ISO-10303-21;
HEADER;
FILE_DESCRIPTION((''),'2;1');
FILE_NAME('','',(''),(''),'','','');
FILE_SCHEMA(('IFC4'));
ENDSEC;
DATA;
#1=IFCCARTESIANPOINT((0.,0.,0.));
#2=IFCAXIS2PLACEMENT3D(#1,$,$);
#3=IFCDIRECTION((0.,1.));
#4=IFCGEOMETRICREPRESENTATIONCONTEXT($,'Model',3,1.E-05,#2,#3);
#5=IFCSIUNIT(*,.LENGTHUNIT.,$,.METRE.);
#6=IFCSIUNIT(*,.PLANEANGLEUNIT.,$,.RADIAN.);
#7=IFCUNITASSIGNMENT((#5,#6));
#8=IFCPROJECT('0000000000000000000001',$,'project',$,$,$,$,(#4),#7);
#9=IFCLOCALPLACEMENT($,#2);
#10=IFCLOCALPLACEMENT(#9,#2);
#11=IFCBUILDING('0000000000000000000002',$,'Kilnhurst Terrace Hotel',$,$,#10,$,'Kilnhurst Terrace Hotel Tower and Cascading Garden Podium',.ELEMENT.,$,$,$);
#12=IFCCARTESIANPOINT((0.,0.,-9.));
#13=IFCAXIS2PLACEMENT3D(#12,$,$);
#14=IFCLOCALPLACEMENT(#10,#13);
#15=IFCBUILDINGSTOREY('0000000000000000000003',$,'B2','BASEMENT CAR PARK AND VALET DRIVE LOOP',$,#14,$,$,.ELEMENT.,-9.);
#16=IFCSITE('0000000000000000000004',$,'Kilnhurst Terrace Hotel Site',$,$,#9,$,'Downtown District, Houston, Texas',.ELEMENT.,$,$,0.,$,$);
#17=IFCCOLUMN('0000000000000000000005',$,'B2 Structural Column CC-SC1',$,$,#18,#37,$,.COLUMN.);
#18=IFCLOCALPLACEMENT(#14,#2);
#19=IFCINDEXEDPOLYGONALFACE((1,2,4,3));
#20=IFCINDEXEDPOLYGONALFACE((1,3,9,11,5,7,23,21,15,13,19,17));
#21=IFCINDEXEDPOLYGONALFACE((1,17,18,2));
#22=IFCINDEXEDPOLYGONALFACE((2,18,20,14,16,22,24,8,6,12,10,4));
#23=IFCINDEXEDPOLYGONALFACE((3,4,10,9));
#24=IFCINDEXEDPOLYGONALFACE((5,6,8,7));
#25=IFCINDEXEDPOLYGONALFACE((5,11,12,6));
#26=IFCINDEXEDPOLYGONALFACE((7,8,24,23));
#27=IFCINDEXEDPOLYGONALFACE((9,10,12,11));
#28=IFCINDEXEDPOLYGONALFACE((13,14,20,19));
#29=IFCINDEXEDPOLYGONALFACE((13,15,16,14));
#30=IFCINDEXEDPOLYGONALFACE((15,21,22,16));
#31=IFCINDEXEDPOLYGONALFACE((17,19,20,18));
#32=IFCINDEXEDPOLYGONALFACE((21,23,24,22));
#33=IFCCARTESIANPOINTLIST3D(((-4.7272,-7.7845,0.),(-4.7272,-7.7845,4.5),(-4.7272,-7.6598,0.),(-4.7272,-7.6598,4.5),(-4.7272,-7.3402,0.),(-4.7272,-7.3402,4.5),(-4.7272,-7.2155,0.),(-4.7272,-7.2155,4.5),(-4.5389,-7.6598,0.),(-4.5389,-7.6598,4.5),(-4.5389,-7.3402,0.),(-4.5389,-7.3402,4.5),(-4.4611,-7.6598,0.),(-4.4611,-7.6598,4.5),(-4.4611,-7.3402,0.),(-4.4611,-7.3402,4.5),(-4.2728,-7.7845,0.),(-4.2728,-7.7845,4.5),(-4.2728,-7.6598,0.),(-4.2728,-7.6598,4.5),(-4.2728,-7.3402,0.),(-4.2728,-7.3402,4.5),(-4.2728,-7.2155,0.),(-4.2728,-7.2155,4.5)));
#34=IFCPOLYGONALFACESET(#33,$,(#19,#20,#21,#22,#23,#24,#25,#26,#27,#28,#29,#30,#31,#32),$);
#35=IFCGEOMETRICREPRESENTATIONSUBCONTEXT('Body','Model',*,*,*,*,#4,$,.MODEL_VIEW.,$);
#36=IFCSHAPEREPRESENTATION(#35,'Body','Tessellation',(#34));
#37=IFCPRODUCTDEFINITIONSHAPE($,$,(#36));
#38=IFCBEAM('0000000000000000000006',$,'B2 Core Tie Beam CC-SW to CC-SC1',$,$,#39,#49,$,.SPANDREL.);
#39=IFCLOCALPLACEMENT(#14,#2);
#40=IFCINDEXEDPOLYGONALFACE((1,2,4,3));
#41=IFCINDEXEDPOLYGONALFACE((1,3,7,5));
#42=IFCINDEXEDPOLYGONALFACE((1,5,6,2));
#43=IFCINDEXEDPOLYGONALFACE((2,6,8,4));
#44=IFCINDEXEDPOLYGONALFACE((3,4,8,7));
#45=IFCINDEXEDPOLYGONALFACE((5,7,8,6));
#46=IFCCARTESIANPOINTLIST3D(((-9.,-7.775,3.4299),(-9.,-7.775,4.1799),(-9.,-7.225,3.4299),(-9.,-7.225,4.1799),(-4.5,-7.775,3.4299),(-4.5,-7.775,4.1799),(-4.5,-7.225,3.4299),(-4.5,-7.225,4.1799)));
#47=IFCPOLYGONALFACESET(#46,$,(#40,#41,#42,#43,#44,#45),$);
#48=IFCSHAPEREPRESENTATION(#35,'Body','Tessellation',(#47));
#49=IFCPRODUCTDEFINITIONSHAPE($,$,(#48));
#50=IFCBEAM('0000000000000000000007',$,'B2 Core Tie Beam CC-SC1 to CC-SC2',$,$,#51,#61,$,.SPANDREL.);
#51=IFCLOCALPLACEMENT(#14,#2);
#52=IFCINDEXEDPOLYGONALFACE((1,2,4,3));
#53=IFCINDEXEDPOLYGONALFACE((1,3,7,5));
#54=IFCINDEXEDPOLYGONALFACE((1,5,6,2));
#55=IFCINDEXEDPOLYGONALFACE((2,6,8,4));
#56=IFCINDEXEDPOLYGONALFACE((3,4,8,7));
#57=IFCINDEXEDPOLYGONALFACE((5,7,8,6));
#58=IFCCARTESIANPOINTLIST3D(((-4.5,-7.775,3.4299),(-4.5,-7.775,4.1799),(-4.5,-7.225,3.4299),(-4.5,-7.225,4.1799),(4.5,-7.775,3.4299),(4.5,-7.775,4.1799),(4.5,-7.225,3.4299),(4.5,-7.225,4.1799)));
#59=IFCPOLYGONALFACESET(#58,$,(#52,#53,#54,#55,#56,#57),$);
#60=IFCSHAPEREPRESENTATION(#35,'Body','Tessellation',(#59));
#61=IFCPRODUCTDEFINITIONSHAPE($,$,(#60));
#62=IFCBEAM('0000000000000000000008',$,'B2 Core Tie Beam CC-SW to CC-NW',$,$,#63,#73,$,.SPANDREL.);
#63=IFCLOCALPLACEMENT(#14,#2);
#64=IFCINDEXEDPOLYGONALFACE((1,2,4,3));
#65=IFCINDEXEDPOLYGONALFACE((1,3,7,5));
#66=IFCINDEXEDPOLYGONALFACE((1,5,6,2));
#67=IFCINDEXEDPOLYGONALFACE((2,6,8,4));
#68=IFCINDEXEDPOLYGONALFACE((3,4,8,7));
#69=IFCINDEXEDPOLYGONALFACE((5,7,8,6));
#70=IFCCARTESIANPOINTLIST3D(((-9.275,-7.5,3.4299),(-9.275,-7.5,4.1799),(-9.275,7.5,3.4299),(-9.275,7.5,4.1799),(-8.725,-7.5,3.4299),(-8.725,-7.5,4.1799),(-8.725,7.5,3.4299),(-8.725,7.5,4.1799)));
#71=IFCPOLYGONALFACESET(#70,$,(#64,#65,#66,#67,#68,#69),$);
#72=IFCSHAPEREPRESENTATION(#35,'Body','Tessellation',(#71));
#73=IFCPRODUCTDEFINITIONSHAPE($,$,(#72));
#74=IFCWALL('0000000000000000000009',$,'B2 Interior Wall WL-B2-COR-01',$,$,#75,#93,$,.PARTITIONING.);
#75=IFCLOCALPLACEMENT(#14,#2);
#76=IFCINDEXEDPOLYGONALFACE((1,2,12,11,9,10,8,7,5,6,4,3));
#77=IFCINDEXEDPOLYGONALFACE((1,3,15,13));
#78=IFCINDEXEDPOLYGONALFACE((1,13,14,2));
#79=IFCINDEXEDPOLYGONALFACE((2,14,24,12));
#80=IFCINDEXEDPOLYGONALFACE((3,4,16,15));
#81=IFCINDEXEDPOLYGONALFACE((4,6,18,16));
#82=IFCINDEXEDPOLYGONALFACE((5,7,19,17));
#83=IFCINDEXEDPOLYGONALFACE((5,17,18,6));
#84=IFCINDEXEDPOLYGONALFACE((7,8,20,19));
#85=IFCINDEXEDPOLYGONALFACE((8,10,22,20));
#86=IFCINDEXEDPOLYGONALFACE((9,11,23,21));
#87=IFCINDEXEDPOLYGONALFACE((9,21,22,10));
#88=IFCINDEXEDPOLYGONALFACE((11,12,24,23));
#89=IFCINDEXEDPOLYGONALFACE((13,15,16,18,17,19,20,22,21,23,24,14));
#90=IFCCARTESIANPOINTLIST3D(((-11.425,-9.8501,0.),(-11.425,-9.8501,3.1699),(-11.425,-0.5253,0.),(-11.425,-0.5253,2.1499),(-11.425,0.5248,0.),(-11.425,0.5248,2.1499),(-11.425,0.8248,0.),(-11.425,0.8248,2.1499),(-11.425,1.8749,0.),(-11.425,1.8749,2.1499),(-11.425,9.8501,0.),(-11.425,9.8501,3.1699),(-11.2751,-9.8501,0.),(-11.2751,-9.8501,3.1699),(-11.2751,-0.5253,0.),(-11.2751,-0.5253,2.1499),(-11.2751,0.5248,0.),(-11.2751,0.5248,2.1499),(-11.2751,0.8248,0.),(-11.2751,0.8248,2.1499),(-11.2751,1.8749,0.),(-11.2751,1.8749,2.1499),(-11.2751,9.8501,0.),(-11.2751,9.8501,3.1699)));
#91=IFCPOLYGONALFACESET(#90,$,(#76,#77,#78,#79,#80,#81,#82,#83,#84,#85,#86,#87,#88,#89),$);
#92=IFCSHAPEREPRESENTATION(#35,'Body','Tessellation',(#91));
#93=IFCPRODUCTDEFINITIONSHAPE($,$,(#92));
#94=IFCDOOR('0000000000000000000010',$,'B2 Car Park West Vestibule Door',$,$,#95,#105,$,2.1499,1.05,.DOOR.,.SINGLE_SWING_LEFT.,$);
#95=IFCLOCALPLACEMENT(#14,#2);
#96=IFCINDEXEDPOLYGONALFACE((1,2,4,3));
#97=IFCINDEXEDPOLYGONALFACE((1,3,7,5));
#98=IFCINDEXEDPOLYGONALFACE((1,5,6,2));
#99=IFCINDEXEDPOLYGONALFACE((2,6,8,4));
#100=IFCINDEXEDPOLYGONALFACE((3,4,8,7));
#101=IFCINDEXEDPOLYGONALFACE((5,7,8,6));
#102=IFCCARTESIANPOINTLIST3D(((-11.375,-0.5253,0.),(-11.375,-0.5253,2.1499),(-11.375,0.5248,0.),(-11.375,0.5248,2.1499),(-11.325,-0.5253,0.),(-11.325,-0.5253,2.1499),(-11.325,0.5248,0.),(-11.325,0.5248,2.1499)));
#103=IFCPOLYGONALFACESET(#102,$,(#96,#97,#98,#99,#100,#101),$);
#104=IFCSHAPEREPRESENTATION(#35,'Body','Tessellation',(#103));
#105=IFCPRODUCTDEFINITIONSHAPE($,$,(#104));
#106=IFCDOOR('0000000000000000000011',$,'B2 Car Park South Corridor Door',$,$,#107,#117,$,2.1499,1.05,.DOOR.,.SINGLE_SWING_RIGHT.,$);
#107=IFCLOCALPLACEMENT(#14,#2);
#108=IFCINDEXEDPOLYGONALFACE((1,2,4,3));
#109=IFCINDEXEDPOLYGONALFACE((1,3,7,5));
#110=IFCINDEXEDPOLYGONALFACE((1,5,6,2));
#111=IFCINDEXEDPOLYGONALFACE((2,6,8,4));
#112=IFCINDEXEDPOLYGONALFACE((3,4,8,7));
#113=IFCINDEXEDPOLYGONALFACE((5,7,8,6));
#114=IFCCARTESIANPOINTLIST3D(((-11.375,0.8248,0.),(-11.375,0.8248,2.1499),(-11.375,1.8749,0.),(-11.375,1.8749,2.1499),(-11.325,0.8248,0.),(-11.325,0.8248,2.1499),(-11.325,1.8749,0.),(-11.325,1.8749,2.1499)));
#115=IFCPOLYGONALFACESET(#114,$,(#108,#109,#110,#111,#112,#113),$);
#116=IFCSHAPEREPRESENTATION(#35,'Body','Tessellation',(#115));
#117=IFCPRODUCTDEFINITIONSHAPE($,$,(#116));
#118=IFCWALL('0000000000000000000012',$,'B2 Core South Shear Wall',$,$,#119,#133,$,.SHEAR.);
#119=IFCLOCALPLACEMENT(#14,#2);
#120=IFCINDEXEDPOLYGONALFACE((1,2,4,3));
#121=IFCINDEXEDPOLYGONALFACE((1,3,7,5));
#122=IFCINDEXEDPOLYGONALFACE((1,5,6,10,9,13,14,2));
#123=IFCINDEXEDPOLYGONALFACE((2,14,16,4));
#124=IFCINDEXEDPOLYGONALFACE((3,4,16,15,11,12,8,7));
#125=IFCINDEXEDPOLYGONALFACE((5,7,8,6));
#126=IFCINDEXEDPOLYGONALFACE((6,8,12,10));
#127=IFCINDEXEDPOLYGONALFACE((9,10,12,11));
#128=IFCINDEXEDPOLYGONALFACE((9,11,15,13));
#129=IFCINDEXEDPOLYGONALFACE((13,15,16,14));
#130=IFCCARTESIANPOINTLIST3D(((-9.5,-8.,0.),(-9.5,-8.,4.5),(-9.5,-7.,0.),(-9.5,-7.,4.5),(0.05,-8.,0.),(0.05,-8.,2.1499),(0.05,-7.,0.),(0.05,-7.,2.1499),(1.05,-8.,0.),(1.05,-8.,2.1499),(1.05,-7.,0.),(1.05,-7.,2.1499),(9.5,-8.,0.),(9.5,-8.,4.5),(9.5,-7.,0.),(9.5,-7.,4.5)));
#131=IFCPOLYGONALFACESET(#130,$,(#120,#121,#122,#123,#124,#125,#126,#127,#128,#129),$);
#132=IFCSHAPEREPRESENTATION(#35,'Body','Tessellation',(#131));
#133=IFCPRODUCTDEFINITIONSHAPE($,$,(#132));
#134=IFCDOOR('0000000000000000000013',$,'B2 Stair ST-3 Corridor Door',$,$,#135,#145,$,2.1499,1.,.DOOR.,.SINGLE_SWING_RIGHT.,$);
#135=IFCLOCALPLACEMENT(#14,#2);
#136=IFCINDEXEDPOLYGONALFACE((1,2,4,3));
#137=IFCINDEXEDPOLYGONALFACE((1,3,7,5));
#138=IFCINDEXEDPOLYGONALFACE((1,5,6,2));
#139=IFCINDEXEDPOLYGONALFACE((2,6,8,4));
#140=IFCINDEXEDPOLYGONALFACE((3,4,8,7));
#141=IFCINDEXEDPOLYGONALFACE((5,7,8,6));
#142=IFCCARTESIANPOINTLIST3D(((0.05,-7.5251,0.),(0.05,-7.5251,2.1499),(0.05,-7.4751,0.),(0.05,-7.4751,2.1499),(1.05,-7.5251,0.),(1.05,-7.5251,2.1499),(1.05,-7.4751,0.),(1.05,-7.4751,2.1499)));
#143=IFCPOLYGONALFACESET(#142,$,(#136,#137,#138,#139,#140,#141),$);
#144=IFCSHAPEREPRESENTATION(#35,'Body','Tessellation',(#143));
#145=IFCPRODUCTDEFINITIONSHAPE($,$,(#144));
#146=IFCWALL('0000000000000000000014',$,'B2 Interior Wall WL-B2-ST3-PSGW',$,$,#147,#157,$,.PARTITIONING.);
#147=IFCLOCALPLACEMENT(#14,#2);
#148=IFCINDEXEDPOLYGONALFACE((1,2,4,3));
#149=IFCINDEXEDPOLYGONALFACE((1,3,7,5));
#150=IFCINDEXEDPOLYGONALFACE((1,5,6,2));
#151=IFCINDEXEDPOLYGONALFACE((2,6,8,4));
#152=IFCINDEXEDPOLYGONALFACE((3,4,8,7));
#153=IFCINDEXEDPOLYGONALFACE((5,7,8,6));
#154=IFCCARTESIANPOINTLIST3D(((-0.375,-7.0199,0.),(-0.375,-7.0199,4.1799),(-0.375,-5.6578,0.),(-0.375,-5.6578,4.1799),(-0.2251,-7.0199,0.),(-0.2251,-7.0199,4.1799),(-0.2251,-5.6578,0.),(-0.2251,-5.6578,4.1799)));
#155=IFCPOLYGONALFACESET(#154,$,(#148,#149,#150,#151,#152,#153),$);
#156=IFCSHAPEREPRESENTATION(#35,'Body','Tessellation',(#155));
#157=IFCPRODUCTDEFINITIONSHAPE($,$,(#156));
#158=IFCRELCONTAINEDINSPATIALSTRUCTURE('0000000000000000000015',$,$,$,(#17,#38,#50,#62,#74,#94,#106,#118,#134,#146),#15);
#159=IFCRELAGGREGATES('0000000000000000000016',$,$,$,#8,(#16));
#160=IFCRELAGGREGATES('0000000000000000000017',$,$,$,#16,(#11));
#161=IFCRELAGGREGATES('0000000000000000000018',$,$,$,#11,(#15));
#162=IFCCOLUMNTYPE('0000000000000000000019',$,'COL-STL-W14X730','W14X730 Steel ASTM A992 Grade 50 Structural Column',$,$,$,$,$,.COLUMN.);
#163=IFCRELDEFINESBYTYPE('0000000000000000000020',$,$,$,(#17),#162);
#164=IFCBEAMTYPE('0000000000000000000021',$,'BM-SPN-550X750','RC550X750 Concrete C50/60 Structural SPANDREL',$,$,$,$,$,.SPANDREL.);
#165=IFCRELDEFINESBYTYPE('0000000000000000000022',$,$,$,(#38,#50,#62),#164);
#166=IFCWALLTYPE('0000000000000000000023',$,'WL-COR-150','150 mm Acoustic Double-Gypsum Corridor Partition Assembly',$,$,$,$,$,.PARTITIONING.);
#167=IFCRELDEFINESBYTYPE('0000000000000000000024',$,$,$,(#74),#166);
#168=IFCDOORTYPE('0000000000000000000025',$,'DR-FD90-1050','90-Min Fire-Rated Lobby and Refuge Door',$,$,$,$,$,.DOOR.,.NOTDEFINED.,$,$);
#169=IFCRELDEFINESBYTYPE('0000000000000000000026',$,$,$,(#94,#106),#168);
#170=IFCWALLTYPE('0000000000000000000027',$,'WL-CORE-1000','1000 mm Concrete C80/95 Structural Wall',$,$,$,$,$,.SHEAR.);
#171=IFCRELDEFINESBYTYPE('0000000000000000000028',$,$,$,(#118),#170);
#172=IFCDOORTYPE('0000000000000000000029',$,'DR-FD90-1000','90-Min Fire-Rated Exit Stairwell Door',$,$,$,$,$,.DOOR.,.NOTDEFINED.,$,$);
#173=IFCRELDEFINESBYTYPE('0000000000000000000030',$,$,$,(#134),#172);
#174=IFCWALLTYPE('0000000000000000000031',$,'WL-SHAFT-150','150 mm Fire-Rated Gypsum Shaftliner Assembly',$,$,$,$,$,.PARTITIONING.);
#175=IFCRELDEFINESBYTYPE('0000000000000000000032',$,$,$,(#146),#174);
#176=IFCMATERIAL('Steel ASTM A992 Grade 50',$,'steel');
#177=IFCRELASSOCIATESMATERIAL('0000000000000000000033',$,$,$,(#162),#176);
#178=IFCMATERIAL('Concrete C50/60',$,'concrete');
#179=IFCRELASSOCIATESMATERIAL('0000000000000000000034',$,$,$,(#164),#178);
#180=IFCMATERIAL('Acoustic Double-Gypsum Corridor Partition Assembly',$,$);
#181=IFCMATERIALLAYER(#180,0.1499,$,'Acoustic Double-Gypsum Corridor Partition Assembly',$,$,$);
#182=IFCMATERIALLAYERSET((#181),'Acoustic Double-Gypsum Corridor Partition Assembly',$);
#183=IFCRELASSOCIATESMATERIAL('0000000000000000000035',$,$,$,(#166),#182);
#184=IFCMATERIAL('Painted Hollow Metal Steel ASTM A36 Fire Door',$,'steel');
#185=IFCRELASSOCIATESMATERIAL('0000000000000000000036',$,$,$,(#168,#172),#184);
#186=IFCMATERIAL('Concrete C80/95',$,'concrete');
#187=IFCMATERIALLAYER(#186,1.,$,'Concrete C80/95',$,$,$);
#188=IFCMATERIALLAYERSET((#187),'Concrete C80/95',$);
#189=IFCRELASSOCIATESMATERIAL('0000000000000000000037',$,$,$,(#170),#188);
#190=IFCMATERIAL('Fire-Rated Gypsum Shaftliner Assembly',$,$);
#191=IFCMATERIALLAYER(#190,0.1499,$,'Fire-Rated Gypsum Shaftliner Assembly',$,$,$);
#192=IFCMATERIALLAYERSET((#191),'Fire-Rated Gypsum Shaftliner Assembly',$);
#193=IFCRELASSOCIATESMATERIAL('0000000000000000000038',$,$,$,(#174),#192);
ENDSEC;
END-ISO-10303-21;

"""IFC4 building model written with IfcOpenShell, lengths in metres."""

from ifc_helpers import new_model, si_unit, direction, frame, frame_2d, origin, origin_2d, place, context, subcontext, project, spatial, rectangle, i_section, extrude, material, layer, layer_set, material_profile, profile_set, type_object, element, fill, save


model = new_model("IFC4")

# Units and contexts
model_context = context("Model", 3, precision=1e-05, world=origin(), true_north=direction((0.0, 1.0)))
body_context = subcontext(model_context, "Body", "Model", "MODEL_VIEW")
ifc_project = project(units=[si_unit("LENGTHUNIT", "METRE"), si_unit("PLANEANGLEUNIT", "RADIAN")], contexts=[model_context])

# Site, building, storey
site_placement = place(None, origin())
site = spatial("IfcSite", under=ifc_project, at=site_placement, Name="Kilnhurst Terrace Hotel Site", LongName="Downtown District, Houston, Texas", CompositionType="ELEMENT", RefElevation=0.0)
building_placement = place(site_placement, origin())
building = spatial("IfcBuilding", under=site, at=building_placement, Name="Kilnhurst Terrace Hotel", LongName="Kilnhurst Terrace Hotel Tower and Cascading Garden Podium", CompositionType="ELEMENT")
storey_placement = place(building_placement, frame((0.0, 0.0, -9.0)))
storey = spatial("IfcBuildingStorey", under=building, at=storey_placement, Name="B2", Description="BASEMENT CAR PARK AND VALET DRIVE LOOP", CompositionType="ELEMENT", Elevation=-9.0)

# Shared definitions
ifc_material_1 = material(Name="Concrete C50/60", Category="concrete")

# Column
ifc_material_2 = material(Name="Steel ASTM A992 Grade 50", Category="steel")
ifc_material_profile_1 = material_profile(ifc_material_2, i_section(OverallWidth=0.4543, OverallDepth=0.5691, WebThickness=0.0779, FlangeThickness=0.1248, at=origin_2d()), Name="W14X730")
ifc_profile_set_1 = profile_set([ifc_material_profile_1], Name="Steel ASTM A992 Grade 50")
column_type = type_object("IfcColumnType", Name="COL-STL-W14X730", Description="W14X730 Steel ASTM A992 Grade 50 Structural Column", PredefinedType="COLUMN", material=ifc_profile_set_1)
for number, where, z_axis, x_axis, name in (
    (1, (-4.5, -7.5, 0.0), (0.0, 0.0, 1.0), (1.0, 0.0, 0.0), "B2 Structural Column CC-SC1"),
):
    element("IfcColumn", number, at=place(storey_placement, frame(where, z_axis=z_axis, x_axis=x_axis)), inside=storey, type_object=column_type, Name=name, PredefinedType="COLUMN", context=body_context, shape_type="SweptSolid", body=[
        extrude(i_section(OverallWidth=0.4543, OverallDepth=0.5691, WebThickness=0.0779, FlangeThickness=0.1248, at=origin_2d()), origin(), (0.0, 0.0, 1.0), 4.5),
    ])

# Beams
ifc_material_profile_2 = material_profile(ifc_material_1, rectangle(XDim=0.55, YDim=0.75, at=origin_2d()), Name="RC550X750")
ifc_profile_set_2 = profile_set([ifc_material_profile_2], Name="Concrete C50/60")
beam_type = type_object("IfcBeamType", Name="BM-SPN-550X750", Description="RC550X750 Concrete C50/60 Structural SPANDREL", PredefinedType="SPANDREL", material=ifc_profile_set_2)
beam_1_placement = place(storey_placement, frame((-9.0, -7.5, 3.8049), z_axis=(1.0, 0.0, 0.0), x_axis=(0.0, 1.0, 0.0)))
element("IfcBeam", 2, at=beam_1_placement, inside=storey, type_object=beam_type, Name="B2 Core Tie Beam CC-SW to CC-SC1", PredefinedType="SPANDREL", context=body_context, shape_type="SweptSolid", body=[
    extrude(rectangle(XDim=0.55, YDim=0.75, at=origin_2d()), origin(), (0.0, 0.0, 1.0), 4.5),
])
beam_2_placement = place(storey_placement, frame((-4.5, -7.5, 3.8049), z_axis=(1.0, 0.0, 0.0), x_axis=(0.0, 1.0, 0.0)))
element("IfcBeam", 3, at=beam_2_placement, inside=storey, type_object=beam_type, Name="B2 Core Tie Beam CC-SC1 to CC-SC2", PredefinedType="SPANDREL", context=body_context, shape_type="SweptSolid", body=[
    extrude(rectangle(XDim=0.55, YDim=0.75, at=origin_2d()), origin(), (0.0, 0.0, 1.0), 9.0),
])
beam_3_placement = place(storey_placement, frame((-9.0, -7.5, 3.8049), z_axis=(0.0, 1.0, 0.0), x_axis=(-1.0, 0.0, 0.0)))
element("IfcBeam", 4, at=beam_3_placement, inside=storey, type_object=beam_type, Name="B2 Core Tie Beam CC-SW to CC-NW", PredefinedType="SPANDREL", context=body_context, shape_type="SweptSolid", body=[
    extrude(rectangle(XDim=0.55, YDim=0.75, at=origin_2d()), origin(), (0.0, 0.0, 1.0), 15.0),
])

# Wall, openings, doors
ifc_material_3 = material(Name="Acoustic Double-Gypsum Corridor Partition Assembly")
ifc_layer_1 = layer(ifc_material_3, 0.1499, Name="Acoustic Double-Gypsum Corridor Partition Assembly")
ifc_layer_set_1 = layer_set([ifc_layer_1], Name="Acoustic Double-Gypsum Corridor Partition Assembly")
wall_type_1 = type_object("IfcWallType", Name="WL-COR-150", Description="150 mm Acoustic Double-Gypsum Corridor Partition Assembly", PredefinedType="PARTITIONING", material=ifc_layer_set_1)
wall_1_placement = place(storey_placement, frame((-11.3501, -9.8501, 0.0), z_axis=(0.0, 0.0, 1.0), x_axis=(0.0, 1.0, 0.0)))
wall_1 = element("IfcWall", 5, at=wall_1_placement, inside=storey, type_object=wall_type_1, Name="B2 Interior Wall WL-B2-COR-01", PredefinedType="PARTITIONING", context=body_context, shape_type="SweptSolid", body=[
    extrude(rectangle(XDim=19.7002, YDim=0.1499, at=frame_2d((9.8501, 0.0))), origin(), (0.0, 0.0, 1.0), 3.1699),
])
opening_1_placement = place(wall_1_placement, frame((9.325, 0.0, 0.0)))
opening_1 = element("IfcOpeningElement", 6, at=opening_1_placement, cuts=wall_1, PredefinedType="OPENING", context=body_context, shape_type="SweptSolid", body=[
    extrude(rectangle(XDim=1.05, YDim=2.1499, at=frame_2d((0.5249, 1.075))), frame((0.0, 0.085, 0.0), z_axis=(0.0, -1.0, 0.0), x_axis=(1.0, 0.0, 0.0)), (0.0, 0.0, 1.0), 0.1699),
])
opening_2_placement = place(wall_1_placement, frame((10.675, 0.0, 0.0)))
opening_2 = element("IfcOpeningElement", 7, at=opening_2_placement, cuts=wall_1, PredefinedType="OPENING", context=body_context, shape_type="SweptSolid", body=[
    extrude(rectangle(XDim=1.05, YDim=2.1499, at=frame_2d((0.5249, 1.075))), frame((0.0, 0.085, 0.0), z_axis=(0.0, -1.0, 0.0), x_axis=(1.0, 0.0, 0.0)), (0.0, 0.0, 1.0), 0.1699),
])
ifc_material_4 = material(Name="Painted Hollow Metal Steel ASTM A36 Fire Door", Category="steel")
door_type_1 = type_object("IfcDoorType", Name="DR-FD90-1050", Description="90-Min Fire-Rated Lobby and Refuge Door", OperationType="NOTDEFINED", PredefinedType="DOOR", material=ifc_material_4)
door_1_placement = place(opening_1_placement, origin())
door_1 = element("IfcDoor", 8, at=door_1_placement, inside=storey, type_object=door_type_1, Name="B2 Car Park West Vestibule Door", OperationType="SINGLE_SWING_LEFT", OverallHeight=2.1499, OverallWidth=1.05, PredefinedType="DOOR", context=body_context, shape_type="SweptSolid", body=[
    extrude(rectangle(XDim=1.05, YDim=2.1499, at=frame_2d((0.5249, 1.075))), frame((0.0, 0.0249, 0.0), z_axis=(0.0, -1.0, 0.0), x_axis=(1.0, 0.0, 0.0)), (0.0, 0.0, 1.0), 0.05),
])
fill(opening_1, door_1)
door_2_placement = place(opening_2_placement, origin())
door_2 = element("IfcDoor", 9, at=door_2_placement, inside=storey, type_object=door_type_1, Name="B2 Car Park South Corridor Door", OperationType="SINGLE_SWING_RIGHT", OverallHeight=2.1499, OverallWidth=1.05, PredefinedType="DOOR", context=body_context, shape_type="SweptSolid", body=[
    extrude(rectangle(XDim=1.05, YDim=2.1499, at=frame_2d((0.5249, 1.075))), frame((0.0, 0.0249, 0.0), z_axis=(0.0, -1.0, 0.0), x_axis=(1.0, 0.0, 0.0)), (0.0, 0.0, 1.0), 0.05),
])
fill(opening_2, door_2)

# Wall, opening, door
ifc_material_5 = material(Name="Concrete C80/95", Category="concrete")
ifc_layer_2 = layer(ifc_material_5, 1.0, Name="Concrete C80/95")
ifc_layer_set_2 = layer_set([ifc_layer_2], Name="Concrete C80/95")
wall_type_2 = type_object("IfcWallType", Name="WL-CORE-1000", Description="1000 mm Concrete C80/95 Structural Wall", PredefinedType="SHEAR", material=ifc_layer_set_2)
wall_2_placement = place(storey_placement, frame((-9.5, -7.5, 0.0), z_axis=(0.0, 0.0, 1.0), x_axis=(1.0, 0.0, 0.0)))
wall_2 = element("IfcWall", 10, at=wall_2_placement, inside=storey, type_object=wall_type_2, Name="B2 Core South Shear Wall", PredefinedType="SHEAR", context=body_context, shape_type="SweptSolid", body=[
    extrude(rectangle(XDim=19.0, YDim=1.0, at=frame_2d((9.5, 0.0))), origin(), (0.0, 0.0, 1.0), 4.5),
])
opening_3_placement = place(wall_2_placement, frame((9.55, 0.0, 0.0)))
opening_3 = element("IfcOpeningElement", 11, at=opening_3_placement, cuts=wall_2, PredefinedType="OPENING", context=body_context, shape_type="SweptSolid", body=[
    extrude(rectangle(XDim=1.0, YDim=2.1499, at=frame_2d((0.5, 1.075))), frame((0.0, 0.51, 0.0), z_axis=(0.0, -1.0, 0.0), x_axis=(1.0, 0.0, 0.0)), (0.0, 0.0, 1.0), 1.02),
])
door_type_2 = type_object("IfcDoorType", Name="DR-FD90-1000", Description="90-Min Fire-Rated Exit Stairwell Door", OperationType="NOTDEFINED", PredefinedType="DOOR", material=ifc_material_4)
door_3_placement = place(opening_3_placement, origin())
door_3 = element("IfcDoor", 12, at=door_3_placement, inside=storey, type_object=door_type_2, Name="B2 Stair ST-3 Corridor Door", OperationType="SINGLE_SWING_RIGHT", OverallHeight=2.1499, OverallWidth=1.0, PredefinedType="DOOR", context=body_context, shape_type="SweptSolid", body=[
    extrude(rectangle(XDim=1.0, YDim=2.1499, at=frame_2d((0.5, 1.075))), frame((0.0, 0.0249, 0.0), z_axis=(0.0, -1.0, 0.0), x_axis=(1.0, 0.0, 0.0)), (0.0, 0.0, 1.0), 0.05),
])
fill(opening_3, door_3)

# Wall
ifc_material_6 = material(Name="Fire-Rated Gypsum Shaftliner Assembly")
ifc_layer_3 = layer(ifc_material_6, 0.1499, Name="Fire-Rated Gypsum Shaftliner Assembly")
ifc_layer_set_3 = layer_set([ifc_layer_3], Name="Fire-Rated Gypsum Shaftliner Assembly")
wall_type_3 = type_object("IfcWallType", Name="WL-SHAFT-150", Description="150 mm Fire-Rated Gypsum Shaftliner Assembly", PredefinedType="PARTITIONING", material=ifc_layer_set_3)
wall_3_placement = place(storey_placement, frame((-0.3, -7.02, 0.0), z_axis=(0.0, 0.0, 1.0), x_axis=(0.0, 1.0, 0.0)))
element("IfcWall", 13, at=wall_3_placement, inside=storey, type_object=wall_type_3, Name="B2 Interior Wall WL-B2-ST3-PSGW", PredefinedType="PARTITIONING", context=body_context, shape_type="SweptSolid", body=[
    extrude(rectangle(XDim=1.3621, YDim=0.1499, at=frame_2d((0.6812, 0.0))), origin(), (0.0, 0.0, 1.0), 4.1799),
])

save(model, "model.ifc")
